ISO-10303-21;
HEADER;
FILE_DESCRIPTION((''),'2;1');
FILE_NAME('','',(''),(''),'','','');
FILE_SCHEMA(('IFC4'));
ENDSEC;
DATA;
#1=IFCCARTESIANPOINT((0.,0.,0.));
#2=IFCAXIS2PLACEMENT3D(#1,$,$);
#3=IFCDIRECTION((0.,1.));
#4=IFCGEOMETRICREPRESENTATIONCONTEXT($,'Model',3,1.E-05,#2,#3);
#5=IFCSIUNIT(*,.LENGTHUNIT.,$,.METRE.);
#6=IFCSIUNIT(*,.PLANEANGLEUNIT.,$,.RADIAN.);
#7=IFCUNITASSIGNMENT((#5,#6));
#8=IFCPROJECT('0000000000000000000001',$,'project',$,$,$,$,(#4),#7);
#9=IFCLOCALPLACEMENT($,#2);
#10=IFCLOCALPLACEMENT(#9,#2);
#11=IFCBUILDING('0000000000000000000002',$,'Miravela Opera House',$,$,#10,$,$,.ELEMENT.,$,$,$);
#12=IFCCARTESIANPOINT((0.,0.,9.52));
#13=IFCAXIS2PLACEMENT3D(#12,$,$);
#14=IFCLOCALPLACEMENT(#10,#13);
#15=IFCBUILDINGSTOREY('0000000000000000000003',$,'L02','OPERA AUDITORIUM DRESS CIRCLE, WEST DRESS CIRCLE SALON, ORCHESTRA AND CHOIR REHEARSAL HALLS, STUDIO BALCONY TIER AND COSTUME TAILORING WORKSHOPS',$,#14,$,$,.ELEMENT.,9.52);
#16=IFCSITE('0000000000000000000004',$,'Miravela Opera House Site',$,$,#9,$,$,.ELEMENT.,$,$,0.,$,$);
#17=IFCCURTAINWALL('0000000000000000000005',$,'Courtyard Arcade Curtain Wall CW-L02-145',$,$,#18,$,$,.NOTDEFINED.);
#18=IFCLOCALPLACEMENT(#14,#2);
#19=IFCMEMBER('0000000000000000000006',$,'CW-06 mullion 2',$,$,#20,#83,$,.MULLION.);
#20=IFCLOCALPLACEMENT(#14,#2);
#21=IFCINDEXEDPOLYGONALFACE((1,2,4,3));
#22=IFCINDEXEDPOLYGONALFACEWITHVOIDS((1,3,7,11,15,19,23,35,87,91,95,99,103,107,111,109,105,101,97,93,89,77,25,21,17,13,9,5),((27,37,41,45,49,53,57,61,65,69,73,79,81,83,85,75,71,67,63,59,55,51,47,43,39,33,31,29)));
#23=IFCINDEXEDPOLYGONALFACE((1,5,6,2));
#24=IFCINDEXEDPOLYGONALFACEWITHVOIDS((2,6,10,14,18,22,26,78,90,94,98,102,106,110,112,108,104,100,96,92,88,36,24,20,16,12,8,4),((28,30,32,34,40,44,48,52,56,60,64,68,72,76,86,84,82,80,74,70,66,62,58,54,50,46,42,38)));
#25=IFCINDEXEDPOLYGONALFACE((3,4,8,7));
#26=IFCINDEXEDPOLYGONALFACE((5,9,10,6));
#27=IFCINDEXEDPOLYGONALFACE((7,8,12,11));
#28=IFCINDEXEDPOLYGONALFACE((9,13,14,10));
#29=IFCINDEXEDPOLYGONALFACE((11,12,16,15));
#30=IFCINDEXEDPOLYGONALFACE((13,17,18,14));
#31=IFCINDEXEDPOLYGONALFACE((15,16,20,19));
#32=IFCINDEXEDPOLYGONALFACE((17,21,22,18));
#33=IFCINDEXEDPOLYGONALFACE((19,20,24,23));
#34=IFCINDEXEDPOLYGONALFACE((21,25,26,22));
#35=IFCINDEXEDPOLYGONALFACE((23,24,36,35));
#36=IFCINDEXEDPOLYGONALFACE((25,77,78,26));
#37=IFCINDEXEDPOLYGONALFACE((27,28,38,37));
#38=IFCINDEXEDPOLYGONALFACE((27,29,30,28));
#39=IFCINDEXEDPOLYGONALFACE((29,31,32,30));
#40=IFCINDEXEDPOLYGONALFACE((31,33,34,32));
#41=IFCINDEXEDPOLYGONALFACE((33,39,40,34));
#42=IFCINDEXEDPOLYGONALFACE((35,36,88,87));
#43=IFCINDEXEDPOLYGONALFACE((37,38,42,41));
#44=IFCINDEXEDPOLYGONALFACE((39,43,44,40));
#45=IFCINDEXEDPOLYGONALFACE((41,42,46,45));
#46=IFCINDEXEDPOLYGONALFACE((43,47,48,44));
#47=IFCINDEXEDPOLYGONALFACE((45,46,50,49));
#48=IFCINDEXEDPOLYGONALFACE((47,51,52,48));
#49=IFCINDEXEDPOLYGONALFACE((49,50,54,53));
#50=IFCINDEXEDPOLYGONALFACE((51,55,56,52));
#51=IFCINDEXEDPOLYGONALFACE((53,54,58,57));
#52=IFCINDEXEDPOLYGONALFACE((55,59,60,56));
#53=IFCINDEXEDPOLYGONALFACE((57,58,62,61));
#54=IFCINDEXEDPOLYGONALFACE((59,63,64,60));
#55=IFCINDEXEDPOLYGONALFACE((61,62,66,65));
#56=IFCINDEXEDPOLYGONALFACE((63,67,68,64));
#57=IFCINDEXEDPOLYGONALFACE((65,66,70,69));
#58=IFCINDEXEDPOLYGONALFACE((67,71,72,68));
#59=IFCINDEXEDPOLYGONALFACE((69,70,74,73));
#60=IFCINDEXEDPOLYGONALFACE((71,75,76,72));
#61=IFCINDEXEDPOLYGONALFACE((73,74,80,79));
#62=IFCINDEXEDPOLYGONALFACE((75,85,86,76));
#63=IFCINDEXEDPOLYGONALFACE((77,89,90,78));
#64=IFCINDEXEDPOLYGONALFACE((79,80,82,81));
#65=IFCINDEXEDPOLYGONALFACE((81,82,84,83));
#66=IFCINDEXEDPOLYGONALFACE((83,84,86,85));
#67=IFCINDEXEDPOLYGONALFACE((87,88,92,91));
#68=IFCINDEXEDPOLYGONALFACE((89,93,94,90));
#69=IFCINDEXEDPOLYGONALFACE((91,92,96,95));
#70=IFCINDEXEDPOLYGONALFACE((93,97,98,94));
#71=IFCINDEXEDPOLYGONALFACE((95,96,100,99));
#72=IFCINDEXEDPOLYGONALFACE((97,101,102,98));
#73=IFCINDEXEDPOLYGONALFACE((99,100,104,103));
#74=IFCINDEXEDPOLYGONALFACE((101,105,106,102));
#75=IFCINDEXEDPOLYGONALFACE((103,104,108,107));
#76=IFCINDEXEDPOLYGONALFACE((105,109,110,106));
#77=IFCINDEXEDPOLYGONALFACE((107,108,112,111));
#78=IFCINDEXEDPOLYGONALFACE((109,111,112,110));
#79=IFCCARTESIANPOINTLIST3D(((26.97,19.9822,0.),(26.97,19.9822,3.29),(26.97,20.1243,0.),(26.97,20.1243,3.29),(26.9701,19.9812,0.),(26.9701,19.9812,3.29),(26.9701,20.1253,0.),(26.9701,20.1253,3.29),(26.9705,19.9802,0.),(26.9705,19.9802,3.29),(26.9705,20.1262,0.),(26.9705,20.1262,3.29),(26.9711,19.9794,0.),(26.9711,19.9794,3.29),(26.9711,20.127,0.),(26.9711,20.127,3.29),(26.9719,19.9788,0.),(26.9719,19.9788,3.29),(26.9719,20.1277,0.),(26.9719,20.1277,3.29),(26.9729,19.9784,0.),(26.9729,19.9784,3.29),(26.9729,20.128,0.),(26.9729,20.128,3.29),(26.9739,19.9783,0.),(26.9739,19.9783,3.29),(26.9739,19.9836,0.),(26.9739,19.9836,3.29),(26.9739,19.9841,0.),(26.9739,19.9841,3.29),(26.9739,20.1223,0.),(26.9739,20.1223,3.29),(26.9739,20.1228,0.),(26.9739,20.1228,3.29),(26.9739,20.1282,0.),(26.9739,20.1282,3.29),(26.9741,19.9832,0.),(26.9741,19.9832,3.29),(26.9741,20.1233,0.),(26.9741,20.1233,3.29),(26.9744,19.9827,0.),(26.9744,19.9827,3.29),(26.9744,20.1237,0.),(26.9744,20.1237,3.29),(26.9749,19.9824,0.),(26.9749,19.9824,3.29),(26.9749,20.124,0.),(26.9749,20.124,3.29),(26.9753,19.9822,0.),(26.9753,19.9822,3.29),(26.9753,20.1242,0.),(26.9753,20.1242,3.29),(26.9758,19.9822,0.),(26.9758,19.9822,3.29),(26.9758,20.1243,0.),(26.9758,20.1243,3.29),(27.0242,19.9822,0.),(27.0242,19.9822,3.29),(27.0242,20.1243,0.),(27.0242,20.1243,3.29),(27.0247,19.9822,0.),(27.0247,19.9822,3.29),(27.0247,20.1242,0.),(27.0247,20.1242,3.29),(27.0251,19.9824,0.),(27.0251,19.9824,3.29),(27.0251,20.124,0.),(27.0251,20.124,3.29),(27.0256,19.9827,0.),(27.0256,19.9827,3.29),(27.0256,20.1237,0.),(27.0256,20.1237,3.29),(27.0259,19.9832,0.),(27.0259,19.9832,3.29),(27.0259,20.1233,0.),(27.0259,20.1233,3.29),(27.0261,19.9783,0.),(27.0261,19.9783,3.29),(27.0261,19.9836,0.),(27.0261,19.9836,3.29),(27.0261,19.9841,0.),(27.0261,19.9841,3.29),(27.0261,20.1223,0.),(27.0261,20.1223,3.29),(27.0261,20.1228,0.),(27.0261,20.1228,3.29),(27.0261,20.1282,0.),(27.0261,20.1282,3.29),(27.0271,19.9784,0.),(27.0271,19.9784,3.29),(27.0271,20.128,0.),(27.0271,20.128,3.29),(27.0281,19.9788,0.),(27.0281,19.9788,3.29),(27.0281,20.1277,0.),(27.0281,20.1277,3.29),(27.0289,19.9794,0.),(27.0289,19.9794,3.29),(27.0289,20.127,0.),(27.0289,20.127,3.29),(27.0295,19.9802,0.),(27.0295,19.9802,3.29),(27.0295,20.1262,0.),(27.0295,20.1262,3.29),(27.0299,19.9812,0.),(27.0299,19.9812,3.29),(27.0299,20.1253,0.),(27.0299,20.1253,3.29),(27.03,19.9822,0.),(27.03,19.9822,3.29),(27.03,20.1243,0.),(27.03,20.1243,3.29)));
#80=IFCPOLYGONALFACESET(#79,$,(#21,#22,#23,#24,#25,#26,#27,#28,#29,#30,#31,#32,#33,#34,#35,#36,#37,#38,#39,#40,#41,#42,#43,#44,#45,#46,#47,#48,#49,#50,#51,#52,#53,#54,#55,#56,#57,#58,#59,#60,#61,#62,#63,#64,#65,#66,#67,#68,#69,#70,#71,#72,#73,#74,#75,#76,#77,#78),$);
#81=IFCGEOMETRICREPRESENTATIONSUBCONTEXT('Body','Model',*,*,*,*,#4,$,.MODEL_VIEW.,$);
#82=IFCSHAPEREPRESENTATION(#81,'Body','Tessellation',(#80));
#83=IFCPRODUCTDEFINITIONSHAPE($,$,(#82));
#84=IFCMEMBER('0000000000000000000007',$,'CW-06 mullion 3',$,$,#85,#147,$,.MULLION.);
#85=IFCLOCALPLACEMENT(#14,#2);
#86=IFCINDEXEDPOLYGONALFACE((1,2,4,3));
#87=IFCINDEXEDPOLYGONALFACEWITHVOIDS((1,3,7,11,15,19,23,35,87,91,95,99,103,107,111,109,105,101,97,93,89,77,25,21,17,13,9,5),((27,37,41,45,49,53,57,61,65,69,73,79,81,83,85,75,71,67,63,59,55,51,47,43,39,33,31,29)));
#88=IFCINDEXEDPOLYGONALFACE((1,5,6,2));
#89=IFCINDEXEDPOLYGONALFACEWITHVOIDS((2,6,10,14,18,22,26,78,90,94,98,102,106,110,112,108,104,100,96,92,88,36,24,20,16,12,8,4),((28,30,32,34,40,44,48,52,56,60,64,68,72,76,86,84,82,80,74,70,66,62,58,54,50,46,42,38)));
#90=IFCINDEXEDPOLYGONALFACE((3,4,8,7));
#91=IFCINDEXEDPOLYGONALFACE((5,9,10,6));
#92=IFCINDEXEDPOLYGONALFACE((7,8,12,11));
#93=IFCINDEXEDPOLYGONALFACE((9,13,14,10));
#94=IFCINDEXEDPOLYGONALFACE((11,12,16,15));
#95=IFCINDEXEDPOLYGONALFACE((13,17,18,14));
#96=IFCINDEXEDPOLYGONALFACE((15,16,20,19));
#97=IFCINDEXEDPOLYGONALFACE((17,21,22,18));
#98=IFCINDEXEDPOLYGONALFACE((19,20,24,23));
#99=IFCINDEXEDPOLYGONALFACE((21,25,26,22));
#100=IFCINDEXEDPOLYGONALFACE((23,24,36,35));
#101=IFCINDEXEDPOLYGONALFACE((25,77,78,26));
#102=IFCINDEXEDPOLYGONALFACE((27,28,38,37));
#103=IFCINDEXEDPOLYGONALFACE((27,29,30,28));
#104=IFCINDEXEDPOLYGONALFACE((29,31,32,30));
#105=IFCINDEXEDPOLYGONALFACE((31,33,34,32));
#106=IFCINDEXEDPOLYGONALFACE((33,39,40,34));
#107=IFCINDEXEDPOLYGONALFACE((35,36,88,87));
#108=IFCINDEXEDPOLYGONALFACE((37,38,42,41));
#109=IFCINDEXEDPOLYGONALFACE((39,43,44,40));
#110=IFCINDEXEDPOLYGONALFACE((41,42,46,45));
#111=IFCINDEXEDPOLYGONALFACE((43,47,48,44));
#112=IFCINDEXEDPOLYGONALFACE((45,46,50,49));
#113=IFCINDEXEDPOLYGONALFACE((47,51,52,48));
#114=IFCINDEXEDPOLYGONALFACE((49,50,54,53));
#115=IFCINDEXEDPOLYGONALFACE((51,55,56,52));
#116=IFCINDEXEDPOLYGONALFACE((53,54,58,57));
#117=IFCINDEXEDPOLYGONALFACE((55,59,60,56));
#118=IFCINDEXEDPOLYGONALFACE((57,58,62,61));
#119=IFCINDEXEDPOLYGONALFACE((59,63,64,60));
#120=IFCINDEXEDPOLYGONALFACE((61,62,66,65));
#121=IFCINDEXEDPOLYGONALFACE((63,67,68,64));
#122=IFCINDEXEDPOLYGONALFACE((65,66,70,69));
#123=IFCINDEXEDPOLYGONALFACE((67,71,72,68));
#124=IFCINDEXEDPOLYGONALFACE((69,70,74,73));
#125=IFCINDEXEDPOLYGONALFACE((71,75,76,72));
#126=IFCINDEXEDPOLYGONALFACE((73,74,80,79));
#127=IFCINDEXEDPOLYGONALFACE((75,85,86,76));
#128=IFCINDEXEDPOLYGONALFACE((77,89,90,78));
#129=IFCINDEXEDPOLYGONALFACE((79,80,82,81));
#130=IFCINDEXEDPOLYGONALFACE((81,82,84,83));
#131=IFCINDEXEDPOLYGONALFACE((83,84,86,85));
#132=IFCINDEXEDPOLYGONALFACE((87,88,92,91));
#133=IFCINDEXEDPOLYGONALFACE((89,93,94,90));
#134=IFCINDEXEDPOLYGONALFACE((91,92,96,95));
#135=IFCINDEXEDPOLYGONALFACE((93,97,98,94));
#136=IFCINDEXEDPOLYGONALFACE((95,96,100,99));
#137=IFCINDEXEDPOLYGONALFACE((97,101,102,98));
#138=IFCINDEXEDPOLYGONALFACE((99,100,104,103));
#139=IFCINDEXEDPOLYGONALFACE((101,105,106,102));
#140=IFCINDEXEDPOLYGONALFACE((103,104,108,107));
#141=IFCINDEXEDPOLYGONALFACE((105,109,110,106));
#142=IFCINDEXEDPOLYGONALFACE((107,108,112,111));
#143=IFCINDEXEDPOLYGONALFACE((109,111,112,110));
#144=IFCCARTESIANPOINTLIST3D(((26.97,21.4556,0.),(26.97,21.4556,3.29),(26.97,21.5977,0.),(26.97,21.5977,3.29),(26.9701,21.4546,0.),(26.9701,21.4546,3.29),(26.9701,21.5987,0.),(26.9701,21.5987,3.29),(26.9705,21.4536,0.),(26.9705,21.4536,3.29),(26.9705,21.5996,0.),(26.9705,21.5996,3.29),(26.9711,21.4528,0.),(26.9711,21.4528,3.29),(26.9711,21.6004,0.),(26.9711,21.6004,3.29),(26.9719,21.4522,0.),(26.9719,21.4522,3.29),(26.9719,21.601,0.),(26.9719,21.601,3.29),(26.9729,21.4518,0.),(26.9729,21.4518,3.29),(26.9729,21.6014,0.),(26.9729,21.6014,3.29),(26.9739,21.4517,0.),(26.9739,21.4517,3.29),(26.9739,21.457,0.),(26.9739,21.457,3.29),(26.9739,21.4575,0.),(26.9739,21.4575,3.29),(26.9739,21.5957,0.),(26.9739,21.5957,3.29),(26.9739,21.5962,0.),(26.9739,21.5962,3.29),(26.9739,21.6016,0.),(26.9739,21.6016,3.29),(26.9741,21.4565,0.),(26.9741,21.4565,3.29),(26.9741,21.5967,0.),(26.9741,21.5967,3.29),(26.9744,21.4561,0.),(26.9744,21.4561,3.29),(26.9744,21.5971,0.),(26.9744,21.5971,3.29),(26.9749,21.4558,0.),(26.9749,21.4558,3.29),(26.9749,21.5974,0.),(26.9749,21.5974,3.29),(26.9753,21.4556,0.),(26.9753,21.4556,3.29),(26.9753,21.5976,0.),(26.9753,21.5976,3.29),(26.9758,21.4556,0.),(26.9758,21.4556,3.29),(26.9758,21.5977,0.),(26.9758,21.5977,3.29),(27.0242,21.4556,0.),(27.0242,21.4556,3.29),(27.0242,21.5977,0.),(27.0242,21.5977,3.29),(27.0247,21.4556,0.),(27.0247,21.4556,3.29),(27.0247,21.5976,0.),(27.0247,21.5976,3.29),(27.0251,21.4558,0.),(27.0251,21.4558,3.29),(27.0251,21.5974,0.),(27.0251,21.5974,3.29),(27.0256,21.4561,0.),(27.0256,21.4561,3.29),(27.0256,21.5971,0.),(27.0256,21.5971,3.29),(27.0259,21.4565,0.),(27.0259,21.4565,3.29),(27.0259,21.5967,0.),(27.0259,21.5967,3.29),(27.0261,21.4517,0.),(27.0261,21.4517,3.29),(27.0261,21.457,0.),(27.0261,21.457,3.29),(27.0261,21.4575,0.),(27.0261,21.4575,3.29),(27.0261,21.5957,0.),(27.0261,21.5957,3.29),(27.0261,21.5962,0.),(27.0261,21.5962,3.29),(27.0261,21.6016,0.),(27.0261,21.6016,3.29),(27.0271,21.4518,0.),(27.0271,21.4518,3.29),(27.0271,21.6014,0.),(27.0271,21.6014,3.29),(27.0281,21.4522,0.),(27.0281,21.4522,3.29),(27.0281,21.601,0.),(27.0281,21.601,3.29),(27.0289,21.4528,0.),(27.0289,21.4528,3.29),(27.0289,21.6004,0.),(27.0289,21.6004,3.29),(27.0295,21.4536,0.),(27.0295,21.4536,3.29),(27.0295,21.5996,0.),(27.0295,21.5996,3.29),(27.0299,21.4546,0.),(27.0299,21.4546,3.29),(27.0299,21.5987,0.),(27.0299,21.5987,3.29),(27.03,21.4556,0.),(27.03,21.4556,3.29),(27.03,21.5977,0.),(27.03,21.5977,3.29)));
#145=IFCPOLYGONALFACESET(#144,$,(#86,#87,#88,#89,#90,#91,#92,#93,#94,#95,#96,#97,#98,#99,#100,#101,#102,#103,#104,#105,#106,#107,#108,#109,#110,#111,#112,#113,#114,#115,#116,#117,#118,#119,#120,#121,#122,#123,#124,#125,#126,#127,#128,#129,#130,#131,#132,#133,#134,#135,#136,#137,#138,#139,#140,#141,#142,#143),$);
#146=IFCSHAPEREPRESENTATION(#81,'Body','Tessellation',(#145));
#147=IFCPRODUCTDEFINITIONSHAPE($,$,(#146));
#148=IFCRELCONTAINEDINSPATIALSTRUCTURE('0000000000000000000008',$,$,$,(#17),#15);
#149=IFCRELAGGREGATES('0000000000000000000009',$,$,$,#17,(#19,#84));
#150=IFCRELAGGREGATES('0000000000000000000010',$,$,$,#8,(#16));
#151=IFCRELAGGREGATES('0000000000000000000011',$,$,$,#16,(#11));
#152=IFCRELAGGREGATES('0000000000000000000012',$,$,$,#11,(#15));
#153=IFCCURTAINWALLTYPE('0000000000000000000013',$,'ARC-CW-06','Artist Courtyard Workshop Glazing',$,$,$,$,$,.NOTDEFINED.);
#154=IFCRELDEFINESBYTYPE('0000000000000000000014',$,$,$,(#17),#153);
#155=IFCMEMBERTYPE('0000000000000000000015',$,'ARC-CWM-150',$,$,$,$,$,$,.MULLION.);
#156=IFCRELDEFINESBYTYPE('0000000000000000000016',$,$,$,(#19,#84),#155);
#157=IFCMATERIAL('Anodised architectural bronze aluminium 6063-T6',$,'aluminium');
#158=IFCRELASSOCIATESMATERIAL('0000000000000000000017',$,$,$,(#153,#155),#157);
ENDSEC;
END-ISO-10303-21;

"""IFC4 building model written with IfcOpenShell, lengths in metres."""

from ifc_helpers import new_model, si_unit, direction, frame, origin, origin_2d, place, context, subcontext, project, spatial, hollow_rectangle, extrude, material, material_profile, profile_set, type_object, element, aggregate, save


model = new_model("IFC4")

# Units and contexts
model_context = context("Model", 3, precision=1e-05, world=origin(), true_north=direction((0.0, 1.0)))
body_context = subcontext(model_context, "Body", "Model", "MODEL_VIEW")
ifc_project = project(units=[si_unit("LENGTHUNIT", "METRE"), si_unit("PLANEANGLEUNIT", "RADIAN")], contexts=[model_context])

# Site, building, storey
site_placement = place(None, origin())
site = spatial("IfcSite", under=ifc_project, at=site_placement, Name="Miravela Opera House Site", CompositionType="ELEMENT", RefElevation=0.0)
building_placement = place(site_placement, origin())
building = spatial("IfcBuilding", under=site, at=building_placement, Name="Miravela Opera House", CompositionType="ELEMENT")
storey_placement = place(building_placement, frame((0.0, 0.0, 9.52)))
storey = spatial("IfcBuildingStorey", under=building, at=storey_placement, Name="L02", Description="OPERA AUDITORIUM DRESS CIRCLE, WEST DRESS CIRCLE SALON, ORCHESTRA AND CHOIR REHEARSAL HALLS, STUDIO BALCONY TIER AND COSTUME TAILORING WORKSHOPS", CompositionType="ELEMENT", Elevation=9.52)

# Curtain wall, members
ifc_material_1 = material(Name="Anodised architectural bronze aluminium 6063-T6", Category="aluminium")
curtain_wall_type = type_object("IfcCurtainWallType", Name="ARC-CW-06", Description="Artist Courtyard Workshop Glazing", PredefinedType="NOTDEFINED", material=ifc_material_1)
curtain_wall_placement = place(storey_placement, origin())
curtain_wall = element("IfcCurtainWall", 1, at=curtain_wall_placement, inside=storey, type_object=curtain_wall_type, Name="Courtyard Arcade Curtain Wall CW-L02-145", PredefinedType="NOTDEFINED")
ifc_material_profile_1 = material_profile(ifc_material_1, hollow_rectangle(XDim=0.0601, YDim=0.1499, WallThickness=0.0039, InnerFilletRadius=0.002, OuterFilletRadius=0.0039, at=origin_2d()), Name="CWM-60X150")
ifc_profile_set_1 = profile_set([ifc_material_profile_1])
member_type_1 = type_object("IfcMemberType", Name="ARC-CWM-150", PredefinedType="MULLION", material=ifc_profile_set_1)
member_1_placement = place(storey_placement, frame((27.0, 20.0532, 0.0), z_axis=(0.0, 0.0, 1.0), x_axis=(-1.0, 0.0, 0.0)))
member_1 = element("IfcMember", 2, at=member_1_placement, type_object=member_type_1, Name="CW-06 mullion 2", PredefinedType="MULLION", context=body_context, shape_type="SweptSolid", body=[
    extrude(hollow_rectangle(XDim=0.0601, YDim=0.1499, WallThickness=0.0039, InnerFilletRadius=0.002, OuterFilletRadius=0.0039, at=origin_2d()), origin(), (0.0, 0.0, 1.0), 3.29),
])
member_2_placement = place(storey_placement, frame((27.0, 21.5266, 0.0), z_axis=(0.0, 0.0, 1.0), x_axis=(-1.0, 0.0, 0.0)))
member_2 = element("IfcMember", 3, at=member_2_placement, type_object=member_type_1, Name="CW-06 mullion 3", PredefinedType="MULLION", context=body_context, shape_type="SweptSolid", body=[
    extrude(hollow_rectangle(XDim=0.0601, YDim=0.1499, WallThickness=0.0039, InnerFilletRadius=0.002, OuterFilletRadius=0.0039, at=origin_2d()), origin(), (0.0, 0.0, 1.0), 3.29),
])
aggregate(curtain_wall, [member_1, member_2])

save(model, "model.ifc")
